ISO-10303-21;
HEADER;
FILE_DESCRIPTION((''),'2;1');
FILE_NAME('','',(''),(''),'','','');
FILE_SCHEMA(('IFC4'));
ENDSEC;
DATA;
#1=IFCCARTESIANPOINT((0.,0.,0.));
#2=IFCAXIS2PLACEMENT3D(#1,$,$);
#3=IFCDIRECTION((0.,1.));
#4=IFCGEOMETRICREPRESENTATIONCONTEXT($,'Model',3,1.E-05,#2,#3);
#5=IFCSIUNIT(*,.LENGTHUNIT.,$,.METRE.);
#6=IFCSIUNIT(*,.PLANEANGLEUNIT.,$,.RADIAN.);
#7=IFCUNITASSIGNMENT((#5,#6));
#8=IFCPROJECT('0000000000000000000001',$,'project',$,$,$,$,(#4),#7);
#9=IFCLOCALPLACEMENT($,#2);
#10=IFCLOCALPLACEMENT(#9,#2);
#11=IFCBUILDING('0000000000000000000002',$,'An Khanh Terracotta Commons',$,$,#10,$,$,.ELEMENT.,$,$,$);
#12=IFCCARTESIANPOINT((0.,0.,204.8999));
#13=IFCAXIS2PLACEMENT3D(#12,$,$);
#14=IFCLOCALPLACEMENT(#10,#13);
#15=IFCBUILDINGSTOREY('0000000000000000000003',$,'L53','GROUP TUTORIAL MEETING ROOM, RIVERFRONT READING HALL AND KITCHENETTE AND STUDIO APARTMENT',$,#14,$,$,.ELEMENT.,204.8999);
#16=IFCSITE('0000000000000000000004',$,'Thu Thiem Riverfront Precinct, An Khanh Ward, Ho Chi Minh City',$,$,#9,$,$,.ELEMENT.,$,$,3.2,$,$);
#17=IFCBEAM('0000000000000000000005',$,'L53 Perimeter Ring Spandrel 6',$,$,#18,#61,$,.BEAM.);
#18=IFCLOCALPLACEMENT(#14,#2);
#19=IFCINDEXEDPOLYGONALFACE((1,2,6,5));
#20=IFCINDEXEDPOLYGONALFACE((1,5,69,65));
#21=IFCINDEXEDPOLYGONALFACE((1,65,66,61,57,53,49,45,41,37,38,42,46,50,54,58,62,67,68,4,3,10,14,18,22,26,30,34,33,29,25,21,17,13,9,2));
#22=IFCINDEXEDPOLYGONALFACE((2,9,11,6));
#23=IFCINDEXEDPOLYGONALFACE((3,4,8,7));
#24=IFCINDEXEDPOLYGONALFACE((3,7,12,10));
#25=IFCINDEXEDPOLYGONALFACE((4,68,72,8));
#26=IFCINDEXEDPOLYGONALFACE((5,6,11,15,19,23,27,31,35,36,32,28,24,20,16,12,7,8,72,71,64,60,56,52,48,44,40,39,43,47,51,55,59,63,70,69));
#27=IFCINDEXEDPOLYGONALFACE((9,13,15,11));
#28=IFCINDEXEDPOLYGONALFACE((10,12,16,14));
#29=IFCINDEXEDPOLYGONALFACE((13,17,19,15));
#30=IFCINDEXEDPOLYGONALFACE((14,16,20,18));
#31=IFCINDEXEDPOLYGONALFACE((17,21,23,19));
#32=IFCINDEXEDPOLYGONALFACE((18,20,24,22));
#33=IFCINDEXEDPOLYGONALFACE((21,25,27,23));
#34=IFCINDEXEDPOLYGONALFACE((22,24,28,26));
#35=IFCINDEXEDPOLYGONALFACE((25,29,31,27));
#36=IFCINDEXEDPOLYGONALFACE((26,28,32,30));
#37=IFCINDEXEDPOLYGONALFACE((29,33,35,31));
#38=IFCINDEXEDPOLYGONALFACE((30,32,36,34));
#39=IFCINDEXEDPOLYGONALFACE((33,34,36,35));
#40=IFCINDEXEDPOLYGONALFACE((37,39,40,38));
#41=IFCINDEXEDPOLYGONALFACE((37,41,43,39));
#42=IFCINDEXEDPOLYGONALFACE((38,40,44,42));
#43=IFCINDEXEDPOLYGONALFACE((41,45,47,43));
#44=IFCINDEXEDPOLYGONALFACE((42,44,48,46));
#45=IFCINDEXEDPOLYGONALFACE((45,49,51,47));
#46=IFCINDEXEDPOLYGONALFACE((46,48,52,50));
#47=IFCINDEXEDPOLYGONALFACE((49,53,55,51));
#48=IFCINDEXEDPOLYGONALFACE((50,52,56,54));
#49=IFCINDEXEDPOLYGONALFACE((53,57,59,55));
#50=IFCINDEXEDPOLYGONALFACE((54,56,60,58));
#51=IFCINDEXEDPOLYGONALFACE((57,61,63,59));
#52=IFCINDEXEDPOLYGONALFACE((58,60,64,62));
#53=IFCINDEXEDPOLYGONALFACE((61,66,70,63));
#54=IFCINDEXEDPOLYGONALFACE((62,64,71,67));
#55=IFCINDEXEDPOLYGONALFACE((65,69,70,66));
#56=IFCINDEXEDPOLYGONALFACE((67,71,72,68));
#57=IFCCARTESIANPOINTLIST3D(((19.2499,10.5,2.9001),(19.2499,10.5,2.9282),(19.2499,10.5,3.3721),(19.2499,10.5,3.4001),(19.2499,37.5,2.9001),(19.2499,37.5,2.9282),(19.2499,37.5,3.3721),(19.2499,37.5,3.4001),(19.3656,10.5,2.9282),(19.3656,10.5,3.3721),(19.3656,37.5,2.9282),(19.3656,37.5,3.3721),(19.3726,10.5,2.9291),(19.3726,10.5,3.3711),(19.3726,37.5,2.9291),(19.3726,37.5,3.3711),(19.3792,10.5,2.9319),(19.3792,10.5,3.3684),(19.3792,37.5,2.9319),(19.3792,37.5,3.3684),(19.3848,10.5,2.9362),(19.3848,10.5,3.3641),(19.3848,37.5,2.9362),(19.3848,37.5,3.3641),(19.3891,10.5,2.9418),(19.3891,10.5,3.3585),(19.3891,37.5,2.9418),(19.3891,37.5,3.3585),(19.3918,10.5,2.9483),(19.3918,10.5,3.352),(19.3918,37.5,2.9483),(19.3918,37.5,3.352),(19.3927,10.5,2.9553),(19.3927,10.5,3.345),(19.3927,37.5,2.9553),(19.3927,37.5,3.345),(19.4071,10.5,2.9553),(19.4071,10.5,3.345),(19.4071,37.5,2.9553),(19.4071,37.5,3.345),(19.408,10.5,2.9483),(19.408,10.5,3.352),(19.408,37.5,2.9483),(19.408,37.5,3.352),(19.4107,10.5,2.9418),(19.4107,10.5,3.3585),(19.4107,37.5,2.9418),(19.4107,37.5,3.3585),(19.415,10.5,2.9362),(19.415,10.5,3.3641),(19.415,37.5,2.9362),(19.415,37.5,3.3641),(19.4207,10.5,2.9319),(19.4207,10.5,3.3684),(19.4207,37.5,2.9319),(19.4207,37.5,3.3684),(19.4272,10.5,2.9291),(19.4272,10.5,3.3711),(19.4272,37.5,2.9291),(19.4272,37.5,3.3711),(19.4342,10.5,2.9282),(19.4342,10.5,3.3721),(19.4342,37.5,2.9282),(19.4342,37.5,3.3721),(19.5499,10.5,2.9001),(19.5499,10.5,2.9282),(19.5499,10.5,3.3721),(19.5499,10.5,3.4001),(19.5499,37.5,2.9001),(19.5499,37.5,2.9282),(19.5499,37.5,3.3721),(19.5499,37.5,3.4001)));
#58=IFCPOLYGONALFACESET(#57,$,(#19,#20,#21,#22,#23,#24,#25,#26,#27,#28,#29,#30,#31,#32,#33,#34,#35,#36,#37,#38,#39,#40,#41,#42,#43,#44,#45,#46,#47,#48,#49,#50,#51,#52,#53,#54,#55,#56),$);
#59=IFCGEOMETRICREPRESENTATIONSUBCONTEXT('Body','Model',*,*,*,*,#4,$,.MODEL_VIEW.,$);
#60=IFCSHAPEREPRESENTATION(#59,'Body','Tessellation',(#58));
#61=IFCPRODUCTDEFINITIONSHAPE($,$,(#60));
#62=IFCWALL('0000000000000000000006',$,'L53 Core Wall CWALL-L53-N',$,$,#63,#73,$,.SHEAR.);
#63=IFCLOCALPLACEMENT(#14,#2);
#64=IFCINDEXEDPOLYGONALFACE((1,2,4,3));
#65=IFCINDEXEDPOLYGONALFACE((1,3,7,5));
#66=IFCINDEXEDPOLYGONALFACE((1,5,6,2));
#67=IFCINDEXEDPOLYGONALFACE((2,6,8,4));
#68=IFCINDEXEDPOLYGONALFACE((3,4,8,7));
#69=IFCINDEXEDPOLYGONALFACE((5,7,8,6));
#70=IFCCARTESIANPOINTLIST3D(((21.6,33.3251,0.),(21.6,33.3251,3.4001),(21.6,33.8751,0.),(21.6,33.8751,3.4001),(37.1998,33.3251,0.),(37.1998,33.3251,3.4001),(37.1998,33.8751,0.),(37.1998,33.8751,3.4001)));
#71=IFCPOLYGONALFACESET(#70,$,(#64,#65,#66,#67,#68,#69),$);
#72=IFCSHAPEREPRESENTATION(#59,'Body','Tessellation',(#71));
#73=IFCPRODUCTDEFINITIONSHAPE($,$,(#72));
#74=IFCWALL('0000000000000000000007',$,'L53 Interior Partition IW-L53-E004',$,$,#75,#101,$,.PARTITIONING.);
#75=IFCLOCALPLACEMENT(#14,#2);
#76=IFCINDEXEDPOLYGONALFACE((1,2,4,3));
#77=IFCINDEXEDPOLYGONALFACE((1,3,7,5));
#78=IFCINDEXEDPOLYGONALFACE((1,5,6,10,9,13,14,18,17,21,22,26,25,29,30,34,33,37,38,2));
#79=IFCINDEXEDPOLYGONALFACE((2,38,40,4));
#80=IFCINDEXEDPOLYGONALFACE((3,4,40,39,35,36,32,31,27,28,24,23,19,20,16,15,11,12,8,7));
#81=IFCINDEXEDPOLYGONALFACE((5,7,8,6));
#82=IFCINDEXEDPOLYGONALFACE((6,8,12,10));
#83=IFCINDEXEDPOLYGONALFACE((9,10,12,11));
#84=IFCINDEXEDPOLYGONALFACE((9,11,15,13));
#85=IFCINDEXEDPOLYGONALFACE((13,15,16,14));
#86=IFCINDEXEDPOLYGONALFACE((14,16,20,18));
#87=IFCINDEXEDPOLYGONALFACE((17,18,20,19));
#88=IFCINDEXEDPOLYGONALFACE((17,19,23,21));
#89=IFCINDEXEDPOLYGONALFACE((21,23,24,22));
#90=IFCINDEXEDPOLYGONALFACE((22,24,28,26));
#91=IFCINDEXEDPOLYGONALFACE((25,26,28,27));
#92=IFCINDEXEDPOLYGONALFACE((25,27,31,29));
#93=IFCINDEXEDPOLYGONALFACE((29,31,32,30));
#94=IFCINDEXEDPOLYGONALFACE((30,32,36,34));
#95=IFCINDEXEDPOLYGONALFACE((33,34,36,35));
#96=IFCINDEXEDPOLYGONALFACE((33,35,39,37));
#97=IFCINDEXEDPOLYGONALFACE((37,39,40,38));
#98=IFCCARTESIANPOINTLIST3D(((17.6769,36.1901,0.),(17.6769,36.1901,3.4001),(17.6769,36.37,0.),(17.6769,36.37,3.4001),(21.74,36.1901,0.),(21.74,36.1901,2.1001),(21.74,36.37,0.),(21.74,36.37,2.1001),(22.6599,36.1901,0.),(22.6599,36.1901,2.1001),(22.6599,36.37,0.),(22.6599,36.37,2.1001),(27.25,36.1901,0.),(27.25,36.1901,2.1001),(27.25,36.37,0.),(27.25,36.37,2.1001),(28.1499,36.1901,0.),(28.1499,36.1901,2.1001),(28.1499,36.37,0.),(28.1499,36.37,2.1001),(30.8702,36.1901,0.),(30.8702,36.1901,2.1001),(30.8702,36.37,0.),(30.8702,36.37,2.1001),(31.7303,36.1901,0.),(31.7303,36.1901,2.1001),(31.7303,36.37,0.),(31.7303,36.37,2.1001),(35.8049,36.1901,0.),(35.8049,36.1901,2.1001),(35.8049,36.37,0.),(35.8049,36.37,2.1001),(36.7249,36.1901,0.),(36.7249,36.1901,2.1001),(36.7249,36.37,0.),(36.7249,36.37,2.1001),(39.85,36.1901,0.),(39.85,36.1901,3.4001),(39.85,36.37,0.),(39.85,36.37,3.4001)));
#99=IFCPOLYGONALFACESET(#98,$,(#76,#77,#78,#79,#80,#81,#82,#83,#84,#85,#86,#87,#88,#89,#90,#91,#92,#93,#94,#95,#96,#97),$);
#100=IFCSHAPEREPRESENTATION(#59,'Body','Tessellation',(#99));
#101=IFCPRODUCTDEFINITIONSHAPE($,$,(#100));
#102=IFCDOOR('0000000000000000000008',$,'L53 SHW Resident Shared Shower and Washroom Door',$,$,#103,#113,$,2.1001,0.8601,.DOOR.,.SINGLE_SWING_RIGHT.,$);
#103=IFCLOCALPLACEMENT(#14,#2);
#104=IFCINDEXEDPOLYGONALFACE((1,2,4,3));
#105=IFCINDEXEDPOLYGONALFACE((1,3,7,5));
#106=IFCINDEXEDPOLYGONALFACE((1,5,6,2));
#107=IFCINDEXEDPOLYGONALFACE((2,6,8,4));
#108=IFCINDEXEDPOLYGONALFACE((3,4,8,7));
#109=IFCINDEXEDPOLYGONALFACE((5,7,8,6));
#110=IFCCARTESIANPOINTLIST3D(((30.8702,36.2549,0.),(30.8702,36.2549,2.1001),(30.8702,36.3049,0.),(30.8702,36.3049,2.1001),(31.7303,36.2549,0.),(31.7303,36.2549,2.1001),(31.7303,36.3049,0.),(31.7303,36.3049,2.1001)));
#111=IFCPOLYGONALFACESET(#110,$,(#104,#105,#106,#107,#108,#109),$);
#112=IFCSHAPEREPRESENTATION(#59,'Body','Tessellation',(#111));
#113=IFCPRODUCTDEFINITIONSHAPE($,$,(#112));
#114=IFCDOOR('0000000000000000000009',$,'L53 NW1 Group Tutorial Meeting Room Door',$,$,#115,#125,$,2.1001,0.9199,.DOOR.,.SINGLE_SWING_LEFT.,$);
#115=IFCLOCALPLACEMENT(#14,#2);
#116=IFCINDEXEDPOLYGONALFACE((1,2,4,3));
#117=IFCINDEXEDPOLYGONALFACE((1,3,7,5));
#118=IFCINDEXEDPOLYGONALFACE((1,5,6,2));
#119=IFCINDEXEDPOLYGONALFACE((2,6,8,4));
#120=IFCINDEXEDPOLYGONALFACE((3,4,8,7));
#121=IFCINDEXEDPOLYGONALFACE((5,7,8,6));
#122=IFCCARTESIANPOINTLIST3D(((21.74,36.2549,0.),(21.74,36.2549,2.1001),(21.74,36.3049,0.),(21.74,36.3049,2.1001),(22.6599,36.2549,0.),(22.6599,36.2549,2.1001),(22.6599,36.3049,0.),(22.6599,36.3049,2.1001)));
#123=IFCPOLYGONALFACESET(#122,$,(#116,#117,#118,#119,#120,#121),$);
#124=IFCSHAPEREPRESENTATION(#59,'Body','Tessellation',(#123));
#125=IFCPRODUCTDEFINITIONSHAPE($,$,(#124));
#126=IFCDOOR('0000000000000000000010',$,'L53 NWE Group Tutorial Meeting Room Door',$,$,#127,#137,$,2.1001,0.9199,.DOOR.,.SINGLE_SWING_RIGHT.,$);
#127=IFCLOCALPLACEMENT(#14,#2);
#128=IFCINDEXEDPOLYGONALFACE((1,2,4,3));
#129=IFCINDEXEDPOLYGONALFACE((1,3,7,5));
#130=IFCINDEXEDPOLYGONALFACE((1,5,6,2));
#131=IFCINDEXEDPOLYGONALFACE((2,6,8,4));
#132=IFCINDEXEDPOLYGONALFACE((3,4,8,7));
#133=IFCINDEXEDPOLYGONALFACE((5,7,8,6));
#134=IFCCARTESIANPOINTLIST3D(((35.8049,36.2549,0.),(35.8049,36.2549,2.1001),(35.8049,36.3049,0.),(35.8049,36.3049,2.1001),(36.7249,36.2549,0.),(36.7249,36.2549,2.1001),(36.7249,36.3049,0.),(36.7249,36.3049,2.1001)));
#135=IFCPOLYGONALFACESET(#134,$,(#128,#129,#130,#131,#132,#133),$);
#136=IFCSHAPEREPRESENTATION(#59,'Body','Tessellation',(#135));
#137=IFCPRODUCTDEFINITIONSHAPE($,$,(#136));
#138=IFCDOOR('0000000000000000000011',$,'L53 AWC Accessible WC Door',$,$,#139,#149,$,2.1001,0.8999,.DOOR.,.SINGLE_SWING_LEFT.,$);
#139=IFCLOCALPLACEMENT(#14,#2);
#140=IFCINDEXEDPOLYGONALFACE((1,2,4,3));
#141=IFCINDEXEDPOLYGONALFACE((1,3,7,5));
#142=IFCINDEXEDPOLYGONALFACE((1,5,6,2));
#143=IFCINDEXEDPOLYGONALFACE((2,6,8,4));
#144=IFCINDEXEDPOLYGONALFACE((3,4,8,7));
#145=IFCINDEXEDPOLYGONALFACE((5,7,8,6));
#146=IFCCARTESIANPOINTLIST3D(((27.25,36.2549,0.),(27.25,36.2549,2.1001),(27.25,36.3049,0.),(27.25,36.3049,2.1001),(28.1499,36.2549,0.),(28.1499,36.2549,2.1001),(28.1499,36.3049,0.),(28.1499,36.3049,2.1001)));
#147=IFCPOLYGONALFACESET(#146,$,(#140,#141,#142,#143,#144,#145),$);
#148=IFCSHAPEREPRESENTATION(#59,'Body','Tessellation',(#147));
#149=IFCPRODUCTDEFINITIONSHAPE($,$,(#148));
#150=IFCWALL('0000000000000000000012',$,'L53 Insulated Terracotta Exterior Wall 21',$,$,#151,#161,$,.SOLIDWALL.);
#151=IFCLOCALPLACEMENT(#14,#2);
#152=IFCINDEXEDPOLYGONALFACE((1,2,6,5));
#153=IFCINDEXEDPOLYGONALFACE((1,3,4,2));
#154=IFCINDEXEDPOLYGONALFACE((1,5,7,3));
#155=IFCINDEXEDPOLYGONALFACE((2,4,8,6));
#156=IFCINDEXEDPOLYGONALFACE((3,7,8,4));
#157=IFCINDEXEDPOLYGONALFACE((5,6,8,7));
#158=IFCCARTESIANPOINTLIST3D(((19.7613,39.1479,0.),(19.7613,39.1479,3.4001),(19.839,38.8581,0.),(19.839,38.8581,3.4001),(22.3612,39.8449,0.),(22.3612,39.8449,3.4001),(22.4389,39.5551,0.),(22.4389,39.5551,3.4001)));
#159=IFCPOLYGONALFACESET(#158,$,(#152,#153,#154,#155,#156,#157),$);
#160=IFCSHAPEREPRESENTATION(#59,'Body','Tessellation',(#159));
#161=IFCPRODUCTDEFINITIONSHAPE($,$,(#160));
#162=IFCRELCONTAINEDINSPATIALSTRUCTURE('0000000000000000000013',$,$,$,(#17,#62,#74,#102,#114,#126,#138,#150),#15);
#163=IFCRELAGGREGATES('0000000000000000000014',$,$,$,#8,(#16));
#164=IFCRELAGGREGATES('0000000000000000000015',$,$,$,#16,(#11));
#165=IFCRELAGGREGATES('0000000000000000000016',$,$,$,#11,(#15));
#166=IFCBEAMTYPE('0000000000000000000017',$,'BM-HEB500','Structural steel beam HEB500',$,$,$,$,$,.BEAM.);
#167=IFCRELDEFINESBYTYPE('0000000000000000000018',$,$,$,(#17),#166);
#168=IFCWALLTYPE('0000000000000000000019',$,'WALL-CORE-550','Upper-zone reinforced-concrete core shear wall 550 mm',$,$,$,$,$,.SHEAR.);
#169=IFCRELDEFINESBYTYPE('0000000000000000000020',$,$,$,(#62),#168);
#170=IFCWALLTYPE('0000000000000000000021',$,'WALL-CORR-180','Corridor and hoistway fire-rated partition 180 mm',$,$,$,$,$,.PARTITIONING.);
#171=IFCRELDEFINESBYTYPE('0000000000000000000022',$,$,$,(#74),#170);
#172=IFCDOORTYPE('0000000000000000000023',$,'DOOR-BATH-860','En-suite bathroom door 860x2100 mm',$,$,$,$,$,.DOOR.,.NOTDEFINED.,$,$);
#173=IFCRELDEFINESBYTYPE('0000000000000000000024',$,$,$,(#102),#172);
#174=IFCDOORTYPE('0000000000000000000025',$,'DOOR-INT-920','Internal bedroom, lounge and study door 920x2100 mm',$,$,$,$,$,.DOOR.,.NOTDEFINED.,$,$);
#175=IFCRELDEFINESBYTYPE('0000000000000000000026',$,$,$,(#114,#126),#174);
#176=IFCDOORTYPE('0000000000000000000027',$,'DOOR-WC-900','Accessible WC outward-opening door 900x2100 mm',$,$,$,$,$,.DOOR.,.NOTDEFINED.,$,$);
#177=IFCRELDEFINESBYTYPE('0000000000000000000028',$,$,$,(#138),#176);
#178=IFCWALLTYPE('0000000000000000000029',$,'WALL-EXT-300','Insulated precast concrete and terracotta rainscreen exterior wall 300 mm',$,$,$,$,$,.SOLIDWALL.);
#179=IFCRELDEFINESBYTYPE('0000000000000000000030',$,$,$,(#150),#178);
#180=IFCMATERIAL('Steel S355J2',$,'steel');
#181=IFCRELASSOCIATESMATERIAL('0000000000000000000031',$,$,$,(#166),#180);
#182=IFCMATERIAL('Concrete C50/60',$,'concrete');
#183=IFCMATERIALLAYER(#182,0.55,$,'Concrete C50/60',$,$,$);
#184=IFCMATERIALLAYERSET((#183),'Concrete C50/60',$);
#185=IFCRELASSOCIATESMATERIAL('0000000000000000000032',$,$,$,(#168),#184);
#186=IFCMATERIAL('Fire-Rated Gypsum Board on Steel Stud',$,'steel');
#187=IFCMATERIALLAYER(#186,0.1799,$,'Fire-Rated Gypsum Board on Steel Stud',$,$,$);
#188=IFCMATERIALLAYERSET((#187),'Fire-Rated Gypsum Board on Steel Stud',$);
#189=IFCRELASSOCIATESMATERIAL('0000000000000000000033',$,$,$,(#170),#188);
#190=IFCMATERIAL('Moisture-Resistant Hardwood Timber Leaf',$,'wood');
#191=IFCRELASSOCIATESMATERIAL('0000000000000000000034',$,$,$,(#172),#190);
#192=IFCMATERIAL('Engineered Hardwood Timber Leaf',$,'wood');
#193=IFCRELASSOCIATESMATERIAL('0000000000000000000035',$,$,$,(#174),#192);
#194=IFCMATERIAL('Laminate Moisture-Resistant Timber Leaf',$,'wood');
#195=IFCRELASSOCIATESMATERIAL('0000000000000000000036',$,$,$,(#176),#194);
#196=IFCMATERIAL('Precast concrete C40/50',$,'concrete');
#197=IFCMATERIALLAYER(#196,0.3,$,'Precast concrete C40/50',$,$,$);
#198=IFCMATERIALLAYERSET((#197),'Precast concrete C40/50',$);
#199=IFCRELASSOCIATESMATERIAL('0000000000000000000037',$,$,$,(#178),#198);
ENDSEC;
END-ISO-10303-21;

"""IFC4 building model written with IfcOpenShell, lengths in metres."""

from ifc_helpers import new_model, si_unit, direction, frame, frame_2d, origin, origin_2d, place, context, subcontext, project, spatial, rectangle, i_section, extrude, material, layer, layer_set, material_profile, profile_set, type_object, element, fill, save


model = new_model("IFC4")

# Units and contexts
model_context = context("Model", 3, precision=1e-05, world=origin(), true_north=direction((0.0, 1.0)))
body_context = subcontext(model_context, "Body", "Model", "MODEL_VIEW")
ifc_project = project(units=[si_unit("LENGTHUNIT", "METRE"), si_unit("PLANEANGLEUNIT", "RADIAN")], contexts=[model_context])

# Site, building, storey
site_placement = place(None, origin())
site = spatial("IfcSite", under=ifc_project, at=site_placement, Name="Thu Thiem Riverfront Precinct, An Khanh Ward, Ho Chi Minh City", CompositionType="ELEMENT", RefElevation=3.2)
building_placement = place(site_placement, origin())
building = spatial("IfcBuilding", under=site, at=building_placement, Name="An Khanh Terracotta Commons", CompositionType="ELEMENT")
storey_placement = place(building_placement, frame((0.0, 0.0, 204.8999)))
storey = spatial("IfcBuildingStorey", under=building, at=storey_placement, Name="L53", Description="GROUP TUTORIAL MEETING ROOM, RIVERFRONT READING HALL AND KITCHENETTE AND STUDIO APARTMENT", CompositionType="ELEMENT", Elevation=204.8999)

# Beam
ifc_material_1 = material(Name="Steel S355J2", Category="steel")
ifc_material_profile_1 = material_profile(ifc_material_1, i_section(OverallWidth=0.3, OverallDepth=0.5, WebThickness=0.0144, FlangeThickness=0.0281, FilletRadius=0.0271, at=origin_2d()), Name="HEB500")
ifc_profile_set_1 = profile_set([ifc_material_profile_1], Name="Steel S355J2")
beam_type_1 = type_object("IfcBeamType", Name="BM-HEB500", Description="Structural steel beam HEB500", PredefinedType="BEAM", material=ifc_profile_set_1)
beam_1_placement = place(storey_placement, frame((19.3999, 37.5, 3.1501), z_axis=(0.0, -1.0, 0.0), x_axis=(1.0, 0.0, 0.0)))
element("IfcBeam", 1, at=beam_1_placement, inside=storey, type_object=beam_type_1, Name="L53 Perimeter Ring Spandrel 6", PredefinedType="BEAM", context=body_context, shape_type="SweptSolid", body=[
    extrude(i_section(OverallWidth=0.3, OverallDepth=0.5, WebThickness=0.0144, FlangeThickness=0.0281, FilletRadius=0.0271, at=origin_2d()), origin(), (0.0, 0.0, 1.0), 27.0),
])

# Wall
ifc_material_2 = material(Name="Concrete C50/60", Category="concrete")
ifc_layer_1 = layer(ifc_material_2, 0.55, Name="Concrete C50/60")
ifc_layer_set_1 = layer_set([ifc_layer_1], Name="Concrete C50/60")
wall_type_1 = type_object("IfcWallType", Name="WALL-CORE-550", Description="Upper-zone reinforced-concrete core shear wall 550 mm", PredefinedType="SHEAR", material=ifc_layer_set_1)
wall_1_placement = place(storey_placement, frame((21.6001, 33.6001, 0.0), z_axis=(0.0, 0.0, 1.0), x_axis=(1.0, 0.0, 0.0)))
element("IfcWall", 2, at=wall_1_placement, inside=storey, type_object=wall_type_1, Name="L53 Core Wall CWALL-L53-N", PredefinedType="SHEAR", context=body_context, shape_type="SweptSolid", body=[
    extrude(rectangle(XDim=15.5999, YDim=0.55, at=frame_2d((7.7998, 0.0))), origin(), (0.0, 0.0, 1.0), 3.4001),
])

# Wall, openings, doors
ifc_material_3 = material(Name="Fire-Rated Gypsum Board on Steel Stud", Category="steel")
ifc_layer_2 = layer(ifc_material_3, 0.1799, Name="Fire-Rated Gypsum Board on Steel Stud")
ifc_layer_set_2 = layer_set([ifc_layer_2], Name="Fire-Rated Gypsum Board on Steel Stud")
wall_type_2 = type_object("IfcWallType", Name="WALL-CORR-180", Description="Corridor and hoistway fire-rated partition 180 mm", PredefinedType="PARTITIONING", material=ifc_layer_set_2)
wall_2_placement = place(storey_placement, frame((17.677, 36.28, 0.0), z_axis=(0.0, 0.0, 1.0), x_axis=(1.0, 0.0, 0.0)))
wall_2 = element("IfcWall", 3, at=wall_2_placement, inside=storey, type_object=wall_type_2, Name="L53 Interior Partition IW-L53-E004", PredefinedType="PARTITIONING", context=body_context, shape_type="SweptSolid", body=[
    extrude(rectangle(XDim=22.1731, YDim=0.1799, at=frame_2d((11.0864, 0.0))), origin(), (0.0, 0.0, 1.0), 3.4001),
])
opening_1_placement = place(wall_2_placement, frame((9.573, 0.0, 0.0)))
opening_1 = element("IfcOpeningElement", 4, at=opening_1_placement, cuts=wall_2, PredefinedType="OPENING", context=body_context, shape_type="SweptSolid", body=[
    extrude(rectangle(XDim=0.8999, YDim=2.1001, at=frame_2d((0.45, 1.05))), frame((0.0, 0.0999, 0.0), z_axis=(0.0, -1.0, 0.0), x_axis=(1.0, 0.0, 0.0)), (0.0, 0.0, 1.0), 0.2),
])
opening_2_placement = place(wall_2_placement, frame((13.1931, 0.0, 0.0)))
opening_2 = element("IfcOpeningElement", 5, at=opening_2_placement, cuts=wall_2, PredefinedType="OPENING", context=body_context, shape_type="SweptSolid", body=[
    extrude(rectangle(XDim=0.8601, YDim=2.1001, at=frame_2d((0.4302, 1.05))), frame((0.0, 0.0999, 0.0), z_axis=(0.0, -1.0, 0.0), x_axis=(1.0, 0.0, 0.0)), (0.0, 0.0, 1.0), 0.2),
])
opening_3_placement = place(wall_2_placement, frame((4.063, 0.0, 0.0)))
opening_3 = element("IfcOpeningElement", 6, at=opening_3_placement, cuts=wall_2, PredefinedType="OPENING", context=body_context, shape_type="SweptSolid", body=[
    extrude(rectangle(XDim=0.9199, YDim=2.1001, at=frame_2d((0.46, 1.05))), frame((0.0, 0.0999, 0.0), z_axis=(0.0, -1.0, 0.0), x_axis=(1.0, 0.0, 0.0)), (0.0, 0.0, 1.0), 0.2),
])
opening_4_placement = place(wall_2_placement, frame((18.1279, 0.0, 0.0)))
opening_4 = element("IfcOpeningElement", 7, at=opening_4_placement, cuts=wall_2, PredefinedType="OPENING", context=body_context, shape_type="SweptSolid", body=[
    extrude(rectangle(XDim=0.9199, YDim=2.1001, at=frame_2d((0.46, 1.05))), frame((0.0, 0.0999, 0.0), z_axis=(0.0, -1.0, 0.0), x_axis=(1.0, 0.0, 0.0)), (0.0, 0.0, 1.0), 0.2),
])
ifc_material_4 = material(Name="Moisture-Resistant Hardwood Timber Leaf", Category="wood")
door_type_1 = type_object("IfcDoorType", Name="DOOR-BATH-860", Description="En-suite bathroom door 860x2100 mm", OperationType="NOTDEFINED", PredefinedType="DOOR", material=ifc_material_4)
door_1_placement = place(opening_2_placement, origin())
door_1 = element("IfcDoor", 8, at=door_1_placement, inside=storey, type_object=door_type_1, Name="L53 SHW Resident Shared Shower and Washroom Door", OperationType="SINGLE_SWING_RIGHT", OverallHeight=2.1001, OverallWidth=0.8601, PredefinedType="DOOR", context=body_context, shape_type="SweptSolid", body=[
    extrude(rectangle(XDim=0.8601, YDim=2.1001, at=frame_2d((0.4302, 1.05))), frame((0.0, 0.0249, 0.0), z_axis=(0.0, -1.0, 0.0), x_axis=(1.0, 0.0, 0.0)), (0.0, 0.0, 1.0), 0.05),
])
fill(opening_2, door_1)
ifc_material_5 = material(Name="Engineered Hardwood Timber Leaf", Category="wood")
door_type_2 = type_object("IfcDoorType", Name="DOOR-INT-920", Description="Internal bedroom, lounge and study door 920x2100 mm", OperationType="NOTDEFINED", PredefinedType="DOOR", material=ifc_material_5)
door_2_placement = place(opening_3_placement, origin())
door_2 = element("IfcDoor", 9, at=door_2_placement, inside=storey, type_object=door_type_2, Name="L53 NW1 Group Tutorial Meeting Room Door", OperationType="SINGLE_SWING_LEFT", OverallHeight=2.1001, OverallWidth=0.9199, PredefinedType="DOOR", context=body_context, shape_type="SweptSolid", body=[
    extrude(rectangle(XDim=0.9199, YDim=2.1001, at=frame_2d((0.46, 1.05))), frame((0.0, 0.0249, 0.0), z_axis=(0.0, -1.0, 0.0), x_axis=(1.0, 0.0, 0.0)), (0.0, 0.0, 1.0), 0.05),
])
fill(opening_3, door_2)
door_3_placement = place(opening_4_placement, origin())
door_3 = element("IfcDoor", 10, at=door_3_placement, inside=storey, type_object=door_type_2, Name="L53 NWE Group Tutorial Meeting Room Door", OperationType="SINGLE_SWING_RIGHT", OverallHeight=2.1001, OverallWidth=0.9199, PredefinedType="DOOR", context=body_context, shape_type="SweptSolid", body=[
    extrude(rectangle(XDim=0.9199, YDim=2.1001, at=frame_2d((0.46, 1.05))), frame((0.0, 0.0249, 0.0), z_axis=(0.0, -1.0, 0.0), x_axis=(1.0, 0.0, 0.0)), (0.0, 0.0, 1.0), 0.05),
])
fill(opening_4, door_3)
ifc_material_6 = material(Name="Laminate Moisture-Resistant Timber Leaf", Category="wood")
door_type_3 = type_object("IfcDoorType", Name="DOOR-WC-900", Description="Accessible WC outward-opening door 900x2100 mm", OperationType="NOTDEFINED", PredefinedType="DOOR", material=ifc_material_6)
door_4_placement = place(opening_1_placement, origin())
door_4 = element("IfcDoor", 11, at=door_4_placement, inside=storey, type_object=door_type_3, Name="L53 AWC Accessible WC Door", OperationType="SINGLE_SWING_LEFT", OverallHeight=2.1001, OverallWidth=0.8999, PredefinedType="DOOR", context=body_context, shape_type="SweptSolid", body=[
    extrude(rectangle(XDim=0.8999, YDim=2.1001, at=frame_2d((0.45, 1.05))), frame((0.0, 0.0249, 0.0), z_axis=(0.0, -1.0, 0.0), x_axis=(1.0, 0.0, 0.0)), (0.0, 0.0, 1.0), 0.05),
])
fill(opening_1, door_4)

# Wall
ifc_material_7 = material(Name="Precast concrete C40/50", Category="concrete")
ifc_layer_3 = layer(ifc_material_7, 0.3, Name="Precast concrete C40/50")
ifc_layer_set_3 = layer_set([ifc_layer_3], Name="Precast concrete C40/50")
wall_type_3 = type_object("IfcWallType", Name="WALL-EXT-300", Description="Insulated precast concrete and terracotta rainscreen exterior wall 300 mm", PredefinedType="SOLIDWALL", material=ifc_layer_set_3)
wall_3_placement = place(storey_placement, frame((22.3999, 39.7, 0.0), z_axis=(0.0, 0.0, 1.0), x_axis=(-0.965889, -0.258955, 0.0)))
element("IfcWall", 12, at=wall_3_placement, inside=storey, type_object=wall_type_3, Name="L53 Insulated Terracotta Exterior Wall 21", PredefinedType="SOLIDWALL", context=body_context, shape_type="SweptSolid", body=[
    extrude(rectangle(XDim=2.6917, YDim=0.3, at=frame_2d((1.3457, 0.0))), origin(), (0.0, 0.0, 1.0), 3.4001),
])

save(model, "model.ifc")
